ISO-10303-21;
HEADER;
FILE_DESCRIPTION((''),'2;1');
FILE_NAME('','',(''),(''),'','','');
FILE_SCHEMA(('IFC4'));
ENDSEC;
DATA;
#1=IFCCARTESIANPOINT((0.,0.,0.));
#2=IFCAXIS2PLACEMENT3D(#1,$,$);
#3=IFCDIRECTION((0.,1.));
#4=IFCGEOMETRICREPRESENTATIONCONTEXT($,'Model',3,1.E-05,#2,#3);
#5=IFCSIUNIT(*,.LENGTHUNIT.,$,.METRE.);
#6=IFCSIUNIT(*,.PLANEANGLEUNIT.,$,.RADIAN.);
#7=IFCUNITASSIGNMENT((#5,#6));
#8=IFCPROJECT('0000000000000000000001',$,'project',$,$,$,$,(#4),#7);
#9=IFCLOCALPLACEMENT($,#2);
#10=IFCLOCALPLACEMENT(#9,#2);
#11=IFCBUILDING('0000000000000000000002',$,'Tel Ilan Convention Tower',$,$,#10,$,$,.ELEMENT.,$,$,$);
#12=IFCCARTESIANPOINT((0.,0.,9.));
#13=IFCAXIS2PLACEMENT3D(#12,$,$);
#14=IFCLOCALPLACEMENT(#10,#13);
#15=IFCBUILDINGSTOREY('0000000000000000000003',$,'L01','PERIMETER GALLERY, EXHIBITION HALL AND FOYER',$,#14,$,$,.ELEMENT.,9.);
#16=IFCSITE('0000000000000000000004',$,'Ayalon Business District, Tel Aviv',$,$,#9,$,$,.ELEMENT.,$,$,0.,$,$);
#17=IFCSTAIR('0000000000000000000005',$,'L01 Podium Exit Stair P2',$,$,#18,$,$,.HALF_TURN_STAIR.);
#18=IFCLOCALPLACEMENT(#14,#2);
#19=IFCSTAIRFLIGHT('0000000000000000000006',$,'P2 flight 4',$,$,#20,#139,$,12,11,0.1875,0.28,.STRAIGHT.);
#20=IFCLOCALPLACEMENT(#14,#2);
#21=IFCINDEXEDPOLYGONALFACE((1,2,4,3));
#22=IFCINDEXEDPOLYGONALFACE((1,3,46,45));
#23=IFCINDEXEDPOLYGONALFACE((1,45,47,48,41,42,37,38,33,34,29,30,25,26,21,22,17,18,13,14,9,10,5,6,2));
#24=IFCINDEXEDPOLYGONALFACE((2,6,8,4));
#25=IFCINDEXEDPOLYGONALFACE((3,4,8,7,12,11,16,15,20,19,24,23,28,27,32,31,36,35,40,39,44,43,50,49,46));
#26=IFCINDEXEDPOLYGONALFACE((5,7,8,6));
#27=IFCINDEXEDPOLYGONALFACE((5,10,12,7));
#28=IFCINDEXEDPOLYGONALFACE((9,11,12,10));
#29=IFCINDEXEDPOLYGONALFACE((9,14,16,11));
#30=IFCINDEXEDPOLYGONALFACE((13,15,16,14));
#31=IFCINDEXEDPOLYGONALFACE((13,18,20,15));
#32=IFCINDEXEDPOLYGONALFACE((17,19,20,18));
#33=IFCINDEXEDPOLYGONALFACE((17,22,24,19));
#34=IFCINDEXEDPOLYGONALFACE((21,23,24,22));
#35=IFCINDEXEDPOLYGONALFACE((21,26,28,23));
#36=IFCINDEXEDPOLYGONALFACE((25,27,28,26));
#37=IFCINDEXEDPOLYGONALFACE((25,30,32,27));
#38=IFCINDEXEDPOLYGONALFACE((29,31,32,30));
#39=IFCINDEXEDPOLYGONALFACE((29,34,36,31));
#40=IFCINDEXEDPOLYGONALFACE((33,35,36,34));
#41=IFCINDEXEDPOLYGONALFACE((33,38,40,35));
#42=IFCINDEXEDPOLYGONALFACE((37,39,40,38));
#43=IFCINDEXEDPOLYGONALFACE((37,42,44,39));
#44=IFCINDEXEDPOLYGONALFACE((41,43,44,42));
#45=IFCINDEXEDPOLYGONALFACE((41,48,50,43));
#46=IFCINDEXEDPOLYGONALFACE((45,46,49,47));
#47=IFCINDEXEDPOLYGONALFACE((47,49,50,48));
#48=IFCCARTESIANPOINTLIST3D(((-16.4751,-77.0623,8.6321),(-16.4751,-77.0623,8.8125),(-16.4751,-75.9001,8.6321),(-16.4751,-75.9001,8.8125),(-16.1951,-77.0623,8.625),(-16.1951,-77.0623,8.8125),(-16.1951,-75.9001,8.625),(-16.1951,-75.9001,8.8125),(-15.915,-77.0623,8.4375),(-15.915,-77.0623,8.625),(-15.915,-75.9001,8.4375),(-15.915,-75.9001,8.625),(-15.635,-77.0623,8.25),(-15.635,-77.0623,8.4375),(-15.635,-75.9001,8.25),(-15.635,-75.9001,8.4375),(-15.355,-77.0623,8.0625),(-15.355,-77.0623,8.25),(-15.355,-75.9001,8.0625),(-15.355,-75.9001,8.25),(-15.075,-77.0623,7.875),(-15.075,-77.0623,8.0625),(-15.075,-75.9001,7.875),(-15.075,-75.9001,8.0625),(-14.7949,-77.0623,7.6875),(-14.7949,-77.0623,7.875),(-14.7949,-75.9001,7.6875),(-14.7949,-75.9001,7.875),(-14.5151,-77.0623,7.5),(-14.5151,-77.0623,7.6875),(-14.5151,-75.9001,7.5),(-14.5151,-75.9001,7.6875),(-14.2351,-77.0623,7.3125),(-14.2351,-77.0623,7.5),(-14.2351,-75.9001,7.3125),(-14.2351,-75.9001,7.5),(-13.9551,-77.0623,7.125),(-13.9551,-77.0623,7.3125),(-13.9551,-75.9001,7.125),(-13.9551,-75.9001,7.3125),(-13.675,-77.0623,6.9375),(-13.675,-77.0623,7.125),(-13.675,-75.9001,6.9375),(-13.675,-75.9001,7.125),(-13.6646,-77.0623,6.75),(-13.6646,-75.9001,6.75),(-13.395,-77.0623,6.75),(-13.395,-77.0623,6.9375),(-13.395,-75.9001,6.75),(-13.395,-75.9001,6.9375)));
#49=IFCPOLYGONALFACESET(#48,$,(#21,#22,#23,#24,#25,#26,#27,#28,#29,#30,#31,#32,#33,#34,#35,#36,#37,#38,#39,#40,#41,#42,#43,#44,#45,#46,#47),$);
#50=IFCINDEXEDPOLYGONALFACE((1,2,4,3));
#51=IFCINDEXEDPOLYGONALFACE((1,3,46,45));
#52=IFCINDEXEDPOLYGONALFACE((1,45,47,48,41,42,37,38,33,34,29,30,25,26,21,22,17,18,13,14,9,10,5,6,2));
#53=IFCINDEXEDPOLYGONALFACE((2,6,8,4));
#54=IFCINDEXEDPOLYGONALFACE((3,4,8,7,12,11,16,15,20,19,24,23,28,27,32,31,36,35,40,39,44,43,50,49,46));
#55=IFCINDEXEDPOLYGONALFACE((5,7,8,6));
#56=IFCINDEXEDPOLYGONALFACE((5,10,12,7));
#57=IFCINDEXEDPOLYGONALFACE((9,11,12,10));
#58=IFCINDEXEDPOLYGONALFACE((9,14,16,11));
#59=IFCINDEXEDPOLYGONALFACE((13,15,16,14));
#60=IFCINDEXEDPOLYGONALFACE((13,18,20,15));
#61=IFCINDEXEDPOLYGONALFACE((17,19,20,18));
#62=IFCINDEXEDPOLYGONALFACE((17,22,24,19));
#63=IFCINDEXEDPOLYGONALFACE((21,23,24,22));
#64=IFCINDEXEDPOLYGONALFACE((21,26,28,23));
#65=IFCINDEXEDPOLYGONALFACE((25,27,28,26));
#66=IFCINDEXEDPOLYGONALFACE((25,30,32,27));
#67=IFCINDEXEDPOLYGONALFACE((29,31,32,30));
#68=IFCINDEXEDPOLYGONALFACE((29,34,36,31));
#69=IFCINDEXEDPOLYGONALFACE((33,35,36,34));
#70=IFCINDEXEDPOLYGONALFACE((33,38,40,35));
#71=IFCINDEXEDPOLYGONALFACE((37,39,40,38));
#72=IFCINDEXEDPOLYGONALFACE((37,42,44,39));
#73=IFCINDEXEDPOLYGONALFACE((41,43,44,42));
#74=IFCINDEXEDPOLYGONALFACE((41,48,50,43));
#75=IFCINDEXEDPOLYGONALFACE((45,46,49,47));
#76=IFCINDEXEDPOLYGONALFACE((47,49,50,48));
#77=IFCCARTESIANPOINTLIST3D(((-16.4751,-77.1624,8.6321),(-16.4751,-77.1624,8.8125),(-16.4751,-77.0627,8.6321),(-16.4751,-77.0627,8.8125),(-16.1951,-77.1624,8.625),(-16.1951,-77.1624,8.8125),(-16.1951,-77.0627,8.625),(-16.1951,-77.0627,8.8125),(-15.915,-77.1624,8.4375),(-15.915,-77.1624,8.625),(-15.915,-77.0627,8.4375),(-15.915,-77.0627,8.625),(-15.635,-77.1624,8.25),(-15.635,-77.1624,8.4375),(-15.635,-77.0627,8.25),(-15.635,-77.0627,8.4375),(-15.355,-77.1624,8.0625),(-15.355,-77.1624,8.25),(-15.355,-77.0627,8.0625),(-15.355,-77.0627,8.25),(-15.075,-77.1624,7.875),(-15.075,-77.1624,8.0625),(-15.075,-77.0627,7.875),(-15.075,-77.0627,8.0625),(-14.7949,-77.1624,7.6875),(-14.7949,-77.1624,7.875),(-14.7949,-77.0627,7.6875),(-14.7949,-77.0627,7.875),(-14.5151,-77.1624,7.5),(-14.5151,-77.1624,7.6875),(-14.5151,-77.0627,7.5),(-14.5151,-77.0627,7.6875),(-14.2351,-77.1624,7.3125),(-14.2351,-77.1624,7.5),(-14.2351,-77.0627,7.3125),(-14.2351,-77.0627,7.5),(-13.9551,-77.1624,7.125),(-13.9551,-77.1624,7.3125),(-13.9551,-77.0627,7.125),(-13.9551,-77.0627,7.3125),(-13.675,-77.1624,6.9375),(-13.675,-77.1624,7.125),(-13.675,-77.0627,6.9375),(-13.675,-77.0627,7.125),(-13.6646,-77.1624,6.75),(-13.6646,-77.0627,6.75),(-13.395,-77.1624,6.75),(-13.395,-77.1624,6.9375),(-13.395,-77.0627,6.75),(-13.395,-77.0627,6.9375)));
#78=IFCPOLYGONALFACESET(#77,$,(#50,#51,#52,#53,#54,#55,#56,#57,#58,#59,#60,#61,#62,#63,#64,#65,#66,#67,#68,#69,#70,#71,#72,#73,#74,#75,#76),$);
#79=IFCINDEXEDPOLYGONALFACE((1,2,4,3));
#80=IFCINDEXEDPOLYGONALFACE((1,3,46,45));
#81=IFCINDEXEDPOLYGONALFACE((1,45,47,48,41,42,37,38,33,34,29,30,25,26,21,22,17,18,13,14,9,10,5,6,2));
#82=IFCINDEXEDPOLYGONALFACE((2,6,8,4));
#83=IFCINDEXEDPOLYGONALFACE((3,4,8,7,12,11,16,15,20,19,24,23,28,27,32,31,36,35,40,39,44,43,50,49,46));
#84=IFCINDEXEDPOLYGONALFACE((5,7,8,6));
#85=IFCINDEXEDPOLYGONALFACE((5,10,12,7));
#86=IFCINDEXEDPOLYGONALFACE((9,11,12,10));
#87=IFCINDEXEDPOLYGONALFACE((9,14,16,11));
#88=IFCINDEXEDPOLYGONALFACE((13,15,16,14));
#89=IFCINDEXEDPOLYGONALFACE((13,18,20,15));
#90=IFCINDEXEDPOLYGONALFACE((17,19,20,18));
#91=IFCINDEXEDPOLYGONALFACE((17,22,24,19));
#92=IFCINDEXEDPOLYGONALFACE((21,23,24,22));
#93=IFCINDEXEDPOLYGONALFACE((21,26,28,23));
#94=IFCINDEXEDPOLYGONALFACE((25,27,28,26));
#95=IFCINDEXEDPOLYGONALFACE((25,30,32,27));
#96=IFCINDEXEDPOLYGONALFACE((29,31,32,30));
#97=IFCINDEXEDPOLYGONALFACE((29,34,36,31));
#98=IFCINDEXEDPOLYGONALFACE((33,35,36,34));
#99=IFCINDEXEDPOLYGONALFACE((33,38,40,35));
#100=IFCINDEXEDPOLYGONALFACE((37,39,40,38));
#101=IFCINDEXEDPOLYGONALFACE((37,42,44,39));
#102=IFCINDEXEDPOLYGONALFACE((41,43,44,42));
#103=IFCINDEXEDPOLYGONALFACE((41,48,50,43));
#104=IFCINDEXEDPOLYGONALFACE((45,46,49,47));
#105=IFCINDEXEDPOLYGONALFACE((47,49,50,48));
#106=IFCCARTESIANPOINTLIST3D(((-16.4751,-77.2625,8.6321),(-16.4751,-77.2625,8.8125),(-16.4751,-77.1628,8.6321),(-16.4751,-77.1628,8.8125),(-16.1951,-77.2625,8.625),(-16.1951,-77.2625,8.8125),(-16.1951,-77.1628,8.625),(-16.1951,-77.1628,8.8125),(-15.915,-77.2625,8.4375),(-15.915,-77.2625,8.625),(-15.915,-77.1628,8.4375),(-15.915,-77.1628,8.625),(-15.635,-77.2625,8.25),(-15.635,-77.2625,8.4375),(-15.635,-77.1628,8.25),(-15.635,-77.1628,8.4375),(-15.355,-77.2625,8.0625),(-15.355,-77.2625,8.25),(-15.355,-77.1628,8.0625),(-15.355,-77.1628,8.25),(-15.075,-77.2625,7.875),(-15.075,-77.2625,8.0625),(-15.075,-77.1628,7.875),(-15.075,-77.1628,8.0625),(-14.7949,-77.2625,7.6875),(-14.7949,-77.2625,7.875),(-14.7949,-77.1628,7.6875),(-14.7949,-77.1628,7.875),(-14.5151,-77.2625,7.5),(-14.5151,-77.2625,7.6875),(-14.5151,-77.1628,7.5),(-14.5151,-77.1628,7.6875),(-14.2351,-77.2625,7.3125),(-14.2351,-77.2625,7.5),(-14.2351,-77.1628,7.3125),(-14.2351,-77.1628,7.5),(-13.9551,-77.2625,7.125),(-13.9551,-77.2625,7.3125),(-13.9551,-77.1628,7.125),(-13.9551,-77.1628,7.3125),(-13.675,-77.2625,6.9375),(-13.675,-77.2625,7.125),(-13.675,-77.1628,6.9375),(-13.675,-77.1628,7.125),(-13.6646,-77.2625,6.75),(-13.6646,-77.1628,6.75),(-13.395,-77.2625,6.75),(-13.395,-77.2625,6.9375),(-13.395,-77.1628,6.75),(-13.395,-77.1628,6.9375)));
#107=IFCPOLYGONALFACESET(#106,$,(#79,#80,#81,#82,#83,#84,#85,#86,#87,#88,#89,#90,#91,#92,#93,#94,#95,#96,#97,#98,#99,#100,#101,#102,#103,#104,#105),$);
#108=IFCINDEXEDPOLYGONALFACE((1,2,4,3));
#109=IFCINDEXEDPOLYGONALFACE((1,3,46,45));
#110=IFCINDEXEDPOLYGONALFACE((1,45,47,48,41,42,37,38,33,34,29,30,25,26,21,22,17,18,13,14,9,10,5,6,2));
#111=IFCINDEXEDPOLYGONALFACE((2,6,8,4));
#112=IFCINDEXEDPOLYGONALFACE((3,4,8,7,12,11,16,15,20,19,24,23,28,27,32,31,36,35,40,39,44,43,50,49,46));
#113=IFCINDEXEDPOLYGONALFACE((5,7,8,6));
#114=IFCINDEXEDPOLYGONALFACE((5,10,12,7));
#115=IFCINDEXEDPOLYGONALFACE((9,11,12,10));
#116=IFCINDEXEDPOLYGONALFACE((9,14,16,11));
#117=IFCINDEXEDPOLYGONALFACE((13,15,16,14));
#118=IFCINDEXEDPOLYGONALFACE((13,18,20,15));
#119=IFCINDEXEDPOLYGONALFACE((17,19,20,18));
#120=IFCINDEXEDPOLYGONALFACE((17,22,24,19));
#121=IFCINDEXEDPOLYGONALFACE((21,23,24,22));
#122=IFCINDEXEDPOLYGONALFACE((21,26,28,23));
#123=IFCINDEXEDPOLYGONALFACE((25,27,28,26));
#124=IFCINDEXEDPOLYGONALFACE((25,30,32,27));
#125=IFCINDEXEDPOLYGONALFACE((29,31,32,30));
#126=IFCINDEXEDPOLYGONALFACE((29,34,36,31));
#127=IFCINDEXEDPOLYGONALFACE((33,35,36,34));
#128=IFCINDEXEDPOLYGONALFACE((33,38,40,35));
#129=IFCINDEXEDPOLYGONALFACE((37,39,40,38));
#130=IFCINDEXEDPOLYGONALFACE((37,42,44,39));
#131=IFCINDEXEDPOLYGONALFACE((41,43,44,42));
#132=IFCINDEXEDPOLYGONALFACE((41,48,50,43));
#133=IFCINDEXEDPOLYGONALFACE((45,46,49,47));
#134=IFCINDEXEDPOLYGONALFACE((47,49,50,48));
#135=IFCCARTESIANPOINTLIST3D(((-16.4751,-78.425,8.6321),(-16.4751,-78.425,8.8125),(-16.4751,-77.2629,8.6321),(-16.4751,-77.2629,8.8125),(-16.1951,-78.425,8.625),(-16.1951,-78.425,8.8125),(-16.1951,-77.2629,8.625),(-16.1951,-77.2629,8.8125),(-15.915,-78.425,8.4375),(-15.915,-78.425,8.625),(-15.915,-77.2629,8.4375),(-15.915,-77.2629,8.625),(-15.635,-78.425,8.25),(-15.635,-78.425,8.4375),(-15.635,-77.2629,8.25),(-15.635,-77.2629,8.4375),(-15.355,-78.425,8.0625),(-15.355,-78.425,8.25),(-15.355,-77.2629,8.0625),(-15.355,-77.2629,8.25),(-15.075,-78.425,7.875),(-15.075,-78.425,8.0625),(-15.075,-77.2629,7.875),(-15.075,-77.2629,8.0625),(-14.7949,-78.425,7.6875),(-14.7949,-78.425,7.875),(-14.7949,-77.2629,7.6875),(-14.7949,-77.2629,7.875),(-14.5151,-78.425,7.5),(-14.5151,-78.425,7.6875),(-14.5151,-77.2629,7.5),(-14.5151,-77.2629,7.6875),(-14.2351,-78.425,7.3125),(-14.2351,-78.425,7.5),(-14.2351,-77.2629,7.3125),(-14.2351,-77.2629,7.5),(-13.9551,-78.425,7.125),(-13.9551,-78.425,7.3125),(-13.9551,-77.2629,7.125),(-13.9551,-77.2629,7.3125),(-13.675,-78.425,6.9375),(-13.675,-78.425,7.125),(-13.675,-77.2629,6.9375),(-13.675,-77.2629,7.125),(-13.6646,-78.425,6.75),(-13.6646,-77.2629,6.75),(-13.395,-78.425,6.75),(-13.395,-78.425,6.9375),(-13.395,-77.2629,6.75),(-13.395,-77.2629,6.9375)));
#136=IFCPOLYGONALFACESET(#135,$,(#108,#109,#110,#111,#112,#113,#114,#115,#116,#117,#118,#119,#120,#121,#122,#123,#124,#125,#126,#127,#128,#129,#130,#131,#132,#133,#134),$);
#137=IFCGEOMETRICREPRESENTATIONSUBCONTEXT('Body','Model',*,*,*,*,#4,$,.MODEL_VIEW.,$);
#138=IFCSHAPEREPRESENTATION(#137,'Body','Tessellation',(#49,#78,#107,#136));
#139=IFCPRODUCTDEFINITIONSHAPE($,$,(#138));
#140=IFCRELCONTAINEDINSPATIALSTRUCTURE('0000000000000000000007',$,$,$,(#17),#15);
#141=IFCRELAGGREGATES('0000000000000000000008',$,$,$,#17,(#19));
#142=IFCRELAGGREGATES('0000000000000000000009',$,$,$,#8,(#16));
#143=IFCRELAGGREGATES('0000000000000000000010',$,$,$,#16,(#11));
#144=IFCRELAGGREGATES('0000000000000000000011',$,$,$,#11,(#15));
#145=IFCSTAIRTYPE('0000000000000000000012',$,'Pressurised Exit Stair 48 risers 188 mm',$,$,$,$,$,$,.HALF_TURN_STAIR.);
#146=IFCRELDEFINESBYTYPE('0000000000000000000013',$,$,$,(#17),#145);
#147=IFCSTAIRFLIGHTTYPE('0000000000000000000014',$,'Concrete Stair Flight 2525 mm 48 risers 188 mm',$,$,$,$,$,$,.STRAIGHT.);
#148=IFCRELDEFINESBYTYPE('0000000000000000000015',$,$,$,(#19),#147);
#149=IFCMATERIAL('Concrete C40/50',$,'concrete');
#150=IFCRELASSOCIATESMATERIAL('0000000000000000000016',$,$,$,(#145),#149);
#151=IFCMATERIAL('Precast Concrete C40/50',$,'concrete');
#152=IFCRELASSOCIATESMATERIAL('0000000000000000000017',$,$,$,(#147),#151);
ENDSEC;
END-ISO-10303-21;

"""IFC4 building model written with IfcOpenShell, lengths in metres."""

from ifc_helpers import new_model, si_unit, direction, frame, origin, place, context, subcontext, project, spatial, polyline, outline, extrude, material, type_object, element, aggregate, save


model = new_model("IFC4")

# Units and contexts
model_context = context("Model", 3, precision=1e-05, world=origin(), true_north=direction((0.0, 1.0)))
body_context = subcontext(model_context, "Body", "Model", "MODEL_VIEW")
ifc_project = project(units=[si_unit("LENGTHUNIT", "METRE"), si_unit("PLANEANGLEUNIT", "RADIAN")], contexts=[model_context])

# Site, building, storey
site_placement = place(None, origin())
site = spatial("IfcSite", under=ifc_project, at=site_placement, Name="Ayalon Business District, Tel Aviv", CompositionType="ELEMENT", RefElevation=0.0)
building_placement = place(site_placement, origin())
building = spatial("IfcBuilding", under=site, at=building_placement, Name="Tel Ilan Convention Tower", CompositionType="ELEMENT")
storey_placement = place(building_placement, frame((0.0, 0.0, 9.0)))
storey = spatial("IfcBuildingStorey", under=building, at=storey_placement, Name="L01", Description="PERIMETER GALLERY, EXHIBITION HALL AND FOYER", CompositionType="ELEMENT", Elevation=9.0)

# Stair, stair flight
ifc_material_1 = material(Name="Concrete C40/50", Category="concrete")
stair_type = type_object("IfcStairType", Name="Pressurised Exit Stair 48 risers 188 mm", PredefinedType="HALF_TURN_STAIR", material=ifc_material_1)
stair_placement = place(storey_placement, origin())
stair = element("IfcStair", 1, at=stair_placement, inside=storey, type_object=stair_type, Name="L01 Podium Exit Stair P2", PredefinedType="HALF_TURN_STAIR")
ifc_material_2 = material(Name="Precast Concrete C40/50", Category="concrete")
stair_flight_type = type_object("IfcStairFlightType", Name="Concrete Stair Flight 2525 mm 48 risers 188 mm", PredefinedType="STRAIGHT", material=ifc_material_2)
stair_flight_1_placement = place(storey_placement, frame((-13.395, -77.1626, 6.75), z_axis=(0.0, 0.0, 1.0), x_axis=(-1.0, 0.0, 0.0)))
stair_flight_1 = element("IfcStairFlight", 2, at=stair_flight_1_placement, type_object=stair_flight_type, Name="P2 flight 4", NumberOfRisers=12, NumberOfTreads=11, PredefinedType="STRAIGHT", RiserHeight=0.1875, TreadLength=0.28, context=body_context, shape_type="SweptSolid", body=[
    extrude(outline(polyline([(0.0, 0.0), (0.0, 0.1875), (0.28, 0.1875), (0.28, 0.375), (0.5601, 0.375), (0.5601, 0.5625), (0.8401, 0.5625), (0.8401, 0.75), (1.1201, 0.75), (1.1201, 0.9375), (1.3999, 0.9375), (1.3999, 1.125), (1.6799, 1.125), (1.6799, 1.3125), (1.96, 1.3125), (1.96, 1.5), (2.24, 1.5), (2.24, 1.6875), (2.52, 1.6875), (2.52, 1.875), (2.8, 1.875), (2.8, 2.0625), (3.0801, 2.0625), (3.0801, 2.25), (3.0801, 1.8821), (0.2695, 0.0), (0.0, 0.0)])), frame((0.0, -0.1003, 0.0), z_axis=(0.0, -1.0, 0.0), x_axis=(1.0, 0.0, 0.0)), (0.0, 0.0, 1.0), 1.1621),
    extrude(outline(polyline([(0.0, 0.0), (0.0, 0.1875), (0.28, 0.1875), (0.28, 0.375), (0.5601, 0.375), (0.5601, 0.5625), (0.8401, 0.5625), (0.8401, 0.75), (1.1201, 0.75), (1.1201, 0.9375), (1.3999, 0.9375), (1.3999, 1.125), (1.6799, 1.125), (1.6799, 1.3125), (1.96, 1.3125), (1.96, 1.5), (2.24, 1.5), (2.24, 1.6875), (2.52, 1.6875), (2.52, 1.875), (2.8, 1.875), (2.8, 2.0625), (3.0801, 2.0625), (3.0801, 2.25), (3.0801, 1.8821), (0.2695, 0.0), (0.0, 0.0)])), frame((0.0, -0.0002, 0.0), z_axis=(0.0, -1.0, 0.0), x_axis=(1.0, 0.0, 0.0)), (0.0, 0.0, 1.0), 0.0996),
    extrude(outline(polyline([(0.0, 0.0), (0.0, 0.1875), (0.28, 0.1875), (0.28, 0.375), (0.5601, 0.375), (0.5601, 0.5625), (0.8401, 0.5625), (0.8401, 0.75), (1.1201, 0.75), (1.1201, 0.9375), (1.3999, 0.9375), (1.3999, 1.125), (1.6799, 1.125), (1.6799, 1.3125), (1.96, 1.3125), (1.96, 1.5), (2.24, 1.5), (2.24, 1.6875), (2.52, 1.6875), (2.52, 1.875), (2.8, 1.875), (2.8, 2.0625), (3.0801, 2.0625), (3.0801, 2.25), (3.0801, 1.8821), (0.2695, 0.0), (0.0, 0.0)])), frame((0.0, 0.0999, 0.0), z_axis=(0.0, -1.0, 0.0), x_axis=(1.0, 0.0, 0.0)), (0.0, 0.0, 1.0), 0.0996),
    extrude(outline(polyline([(0.0, 0.0), (0.0, 0.1875), (0.28, 0.1875), (0.28, 0.375), (0.5601, 0.375), (0.5601, 0.5625), (0.8401, 0.5625), (0.8401, 0.75), (1.1201, 0.75), (1.1201, 0.9375), (1.3999, 0.9375), (1.3999, 1.125), (1.6799, 1.125), (1.6799, 1.3125), (1.96, 1.3125), (1.96, 1.5), (2.24, 1.5), (2.24, 1.6875), (2.52, 1.6875), (2.52, 1.875), (2.8, 1.875), (2.8, 2.0625), (3.0801, 2.0625), (3.0801, 2.25), (3.0801, 1.8821), (0.2695, 0.0), (0.0, 0.0)])), frame((0.0, 1.2625, 0.0), z_axis=(0.0, -1.0, 0.0), x_axis=(1.0, 0.0, 0.0)), (0.0, 0.0, 1.0), 1.1621),
])
aggregate(stair, [stair_flight_1])

save(model, "model.ifc")
